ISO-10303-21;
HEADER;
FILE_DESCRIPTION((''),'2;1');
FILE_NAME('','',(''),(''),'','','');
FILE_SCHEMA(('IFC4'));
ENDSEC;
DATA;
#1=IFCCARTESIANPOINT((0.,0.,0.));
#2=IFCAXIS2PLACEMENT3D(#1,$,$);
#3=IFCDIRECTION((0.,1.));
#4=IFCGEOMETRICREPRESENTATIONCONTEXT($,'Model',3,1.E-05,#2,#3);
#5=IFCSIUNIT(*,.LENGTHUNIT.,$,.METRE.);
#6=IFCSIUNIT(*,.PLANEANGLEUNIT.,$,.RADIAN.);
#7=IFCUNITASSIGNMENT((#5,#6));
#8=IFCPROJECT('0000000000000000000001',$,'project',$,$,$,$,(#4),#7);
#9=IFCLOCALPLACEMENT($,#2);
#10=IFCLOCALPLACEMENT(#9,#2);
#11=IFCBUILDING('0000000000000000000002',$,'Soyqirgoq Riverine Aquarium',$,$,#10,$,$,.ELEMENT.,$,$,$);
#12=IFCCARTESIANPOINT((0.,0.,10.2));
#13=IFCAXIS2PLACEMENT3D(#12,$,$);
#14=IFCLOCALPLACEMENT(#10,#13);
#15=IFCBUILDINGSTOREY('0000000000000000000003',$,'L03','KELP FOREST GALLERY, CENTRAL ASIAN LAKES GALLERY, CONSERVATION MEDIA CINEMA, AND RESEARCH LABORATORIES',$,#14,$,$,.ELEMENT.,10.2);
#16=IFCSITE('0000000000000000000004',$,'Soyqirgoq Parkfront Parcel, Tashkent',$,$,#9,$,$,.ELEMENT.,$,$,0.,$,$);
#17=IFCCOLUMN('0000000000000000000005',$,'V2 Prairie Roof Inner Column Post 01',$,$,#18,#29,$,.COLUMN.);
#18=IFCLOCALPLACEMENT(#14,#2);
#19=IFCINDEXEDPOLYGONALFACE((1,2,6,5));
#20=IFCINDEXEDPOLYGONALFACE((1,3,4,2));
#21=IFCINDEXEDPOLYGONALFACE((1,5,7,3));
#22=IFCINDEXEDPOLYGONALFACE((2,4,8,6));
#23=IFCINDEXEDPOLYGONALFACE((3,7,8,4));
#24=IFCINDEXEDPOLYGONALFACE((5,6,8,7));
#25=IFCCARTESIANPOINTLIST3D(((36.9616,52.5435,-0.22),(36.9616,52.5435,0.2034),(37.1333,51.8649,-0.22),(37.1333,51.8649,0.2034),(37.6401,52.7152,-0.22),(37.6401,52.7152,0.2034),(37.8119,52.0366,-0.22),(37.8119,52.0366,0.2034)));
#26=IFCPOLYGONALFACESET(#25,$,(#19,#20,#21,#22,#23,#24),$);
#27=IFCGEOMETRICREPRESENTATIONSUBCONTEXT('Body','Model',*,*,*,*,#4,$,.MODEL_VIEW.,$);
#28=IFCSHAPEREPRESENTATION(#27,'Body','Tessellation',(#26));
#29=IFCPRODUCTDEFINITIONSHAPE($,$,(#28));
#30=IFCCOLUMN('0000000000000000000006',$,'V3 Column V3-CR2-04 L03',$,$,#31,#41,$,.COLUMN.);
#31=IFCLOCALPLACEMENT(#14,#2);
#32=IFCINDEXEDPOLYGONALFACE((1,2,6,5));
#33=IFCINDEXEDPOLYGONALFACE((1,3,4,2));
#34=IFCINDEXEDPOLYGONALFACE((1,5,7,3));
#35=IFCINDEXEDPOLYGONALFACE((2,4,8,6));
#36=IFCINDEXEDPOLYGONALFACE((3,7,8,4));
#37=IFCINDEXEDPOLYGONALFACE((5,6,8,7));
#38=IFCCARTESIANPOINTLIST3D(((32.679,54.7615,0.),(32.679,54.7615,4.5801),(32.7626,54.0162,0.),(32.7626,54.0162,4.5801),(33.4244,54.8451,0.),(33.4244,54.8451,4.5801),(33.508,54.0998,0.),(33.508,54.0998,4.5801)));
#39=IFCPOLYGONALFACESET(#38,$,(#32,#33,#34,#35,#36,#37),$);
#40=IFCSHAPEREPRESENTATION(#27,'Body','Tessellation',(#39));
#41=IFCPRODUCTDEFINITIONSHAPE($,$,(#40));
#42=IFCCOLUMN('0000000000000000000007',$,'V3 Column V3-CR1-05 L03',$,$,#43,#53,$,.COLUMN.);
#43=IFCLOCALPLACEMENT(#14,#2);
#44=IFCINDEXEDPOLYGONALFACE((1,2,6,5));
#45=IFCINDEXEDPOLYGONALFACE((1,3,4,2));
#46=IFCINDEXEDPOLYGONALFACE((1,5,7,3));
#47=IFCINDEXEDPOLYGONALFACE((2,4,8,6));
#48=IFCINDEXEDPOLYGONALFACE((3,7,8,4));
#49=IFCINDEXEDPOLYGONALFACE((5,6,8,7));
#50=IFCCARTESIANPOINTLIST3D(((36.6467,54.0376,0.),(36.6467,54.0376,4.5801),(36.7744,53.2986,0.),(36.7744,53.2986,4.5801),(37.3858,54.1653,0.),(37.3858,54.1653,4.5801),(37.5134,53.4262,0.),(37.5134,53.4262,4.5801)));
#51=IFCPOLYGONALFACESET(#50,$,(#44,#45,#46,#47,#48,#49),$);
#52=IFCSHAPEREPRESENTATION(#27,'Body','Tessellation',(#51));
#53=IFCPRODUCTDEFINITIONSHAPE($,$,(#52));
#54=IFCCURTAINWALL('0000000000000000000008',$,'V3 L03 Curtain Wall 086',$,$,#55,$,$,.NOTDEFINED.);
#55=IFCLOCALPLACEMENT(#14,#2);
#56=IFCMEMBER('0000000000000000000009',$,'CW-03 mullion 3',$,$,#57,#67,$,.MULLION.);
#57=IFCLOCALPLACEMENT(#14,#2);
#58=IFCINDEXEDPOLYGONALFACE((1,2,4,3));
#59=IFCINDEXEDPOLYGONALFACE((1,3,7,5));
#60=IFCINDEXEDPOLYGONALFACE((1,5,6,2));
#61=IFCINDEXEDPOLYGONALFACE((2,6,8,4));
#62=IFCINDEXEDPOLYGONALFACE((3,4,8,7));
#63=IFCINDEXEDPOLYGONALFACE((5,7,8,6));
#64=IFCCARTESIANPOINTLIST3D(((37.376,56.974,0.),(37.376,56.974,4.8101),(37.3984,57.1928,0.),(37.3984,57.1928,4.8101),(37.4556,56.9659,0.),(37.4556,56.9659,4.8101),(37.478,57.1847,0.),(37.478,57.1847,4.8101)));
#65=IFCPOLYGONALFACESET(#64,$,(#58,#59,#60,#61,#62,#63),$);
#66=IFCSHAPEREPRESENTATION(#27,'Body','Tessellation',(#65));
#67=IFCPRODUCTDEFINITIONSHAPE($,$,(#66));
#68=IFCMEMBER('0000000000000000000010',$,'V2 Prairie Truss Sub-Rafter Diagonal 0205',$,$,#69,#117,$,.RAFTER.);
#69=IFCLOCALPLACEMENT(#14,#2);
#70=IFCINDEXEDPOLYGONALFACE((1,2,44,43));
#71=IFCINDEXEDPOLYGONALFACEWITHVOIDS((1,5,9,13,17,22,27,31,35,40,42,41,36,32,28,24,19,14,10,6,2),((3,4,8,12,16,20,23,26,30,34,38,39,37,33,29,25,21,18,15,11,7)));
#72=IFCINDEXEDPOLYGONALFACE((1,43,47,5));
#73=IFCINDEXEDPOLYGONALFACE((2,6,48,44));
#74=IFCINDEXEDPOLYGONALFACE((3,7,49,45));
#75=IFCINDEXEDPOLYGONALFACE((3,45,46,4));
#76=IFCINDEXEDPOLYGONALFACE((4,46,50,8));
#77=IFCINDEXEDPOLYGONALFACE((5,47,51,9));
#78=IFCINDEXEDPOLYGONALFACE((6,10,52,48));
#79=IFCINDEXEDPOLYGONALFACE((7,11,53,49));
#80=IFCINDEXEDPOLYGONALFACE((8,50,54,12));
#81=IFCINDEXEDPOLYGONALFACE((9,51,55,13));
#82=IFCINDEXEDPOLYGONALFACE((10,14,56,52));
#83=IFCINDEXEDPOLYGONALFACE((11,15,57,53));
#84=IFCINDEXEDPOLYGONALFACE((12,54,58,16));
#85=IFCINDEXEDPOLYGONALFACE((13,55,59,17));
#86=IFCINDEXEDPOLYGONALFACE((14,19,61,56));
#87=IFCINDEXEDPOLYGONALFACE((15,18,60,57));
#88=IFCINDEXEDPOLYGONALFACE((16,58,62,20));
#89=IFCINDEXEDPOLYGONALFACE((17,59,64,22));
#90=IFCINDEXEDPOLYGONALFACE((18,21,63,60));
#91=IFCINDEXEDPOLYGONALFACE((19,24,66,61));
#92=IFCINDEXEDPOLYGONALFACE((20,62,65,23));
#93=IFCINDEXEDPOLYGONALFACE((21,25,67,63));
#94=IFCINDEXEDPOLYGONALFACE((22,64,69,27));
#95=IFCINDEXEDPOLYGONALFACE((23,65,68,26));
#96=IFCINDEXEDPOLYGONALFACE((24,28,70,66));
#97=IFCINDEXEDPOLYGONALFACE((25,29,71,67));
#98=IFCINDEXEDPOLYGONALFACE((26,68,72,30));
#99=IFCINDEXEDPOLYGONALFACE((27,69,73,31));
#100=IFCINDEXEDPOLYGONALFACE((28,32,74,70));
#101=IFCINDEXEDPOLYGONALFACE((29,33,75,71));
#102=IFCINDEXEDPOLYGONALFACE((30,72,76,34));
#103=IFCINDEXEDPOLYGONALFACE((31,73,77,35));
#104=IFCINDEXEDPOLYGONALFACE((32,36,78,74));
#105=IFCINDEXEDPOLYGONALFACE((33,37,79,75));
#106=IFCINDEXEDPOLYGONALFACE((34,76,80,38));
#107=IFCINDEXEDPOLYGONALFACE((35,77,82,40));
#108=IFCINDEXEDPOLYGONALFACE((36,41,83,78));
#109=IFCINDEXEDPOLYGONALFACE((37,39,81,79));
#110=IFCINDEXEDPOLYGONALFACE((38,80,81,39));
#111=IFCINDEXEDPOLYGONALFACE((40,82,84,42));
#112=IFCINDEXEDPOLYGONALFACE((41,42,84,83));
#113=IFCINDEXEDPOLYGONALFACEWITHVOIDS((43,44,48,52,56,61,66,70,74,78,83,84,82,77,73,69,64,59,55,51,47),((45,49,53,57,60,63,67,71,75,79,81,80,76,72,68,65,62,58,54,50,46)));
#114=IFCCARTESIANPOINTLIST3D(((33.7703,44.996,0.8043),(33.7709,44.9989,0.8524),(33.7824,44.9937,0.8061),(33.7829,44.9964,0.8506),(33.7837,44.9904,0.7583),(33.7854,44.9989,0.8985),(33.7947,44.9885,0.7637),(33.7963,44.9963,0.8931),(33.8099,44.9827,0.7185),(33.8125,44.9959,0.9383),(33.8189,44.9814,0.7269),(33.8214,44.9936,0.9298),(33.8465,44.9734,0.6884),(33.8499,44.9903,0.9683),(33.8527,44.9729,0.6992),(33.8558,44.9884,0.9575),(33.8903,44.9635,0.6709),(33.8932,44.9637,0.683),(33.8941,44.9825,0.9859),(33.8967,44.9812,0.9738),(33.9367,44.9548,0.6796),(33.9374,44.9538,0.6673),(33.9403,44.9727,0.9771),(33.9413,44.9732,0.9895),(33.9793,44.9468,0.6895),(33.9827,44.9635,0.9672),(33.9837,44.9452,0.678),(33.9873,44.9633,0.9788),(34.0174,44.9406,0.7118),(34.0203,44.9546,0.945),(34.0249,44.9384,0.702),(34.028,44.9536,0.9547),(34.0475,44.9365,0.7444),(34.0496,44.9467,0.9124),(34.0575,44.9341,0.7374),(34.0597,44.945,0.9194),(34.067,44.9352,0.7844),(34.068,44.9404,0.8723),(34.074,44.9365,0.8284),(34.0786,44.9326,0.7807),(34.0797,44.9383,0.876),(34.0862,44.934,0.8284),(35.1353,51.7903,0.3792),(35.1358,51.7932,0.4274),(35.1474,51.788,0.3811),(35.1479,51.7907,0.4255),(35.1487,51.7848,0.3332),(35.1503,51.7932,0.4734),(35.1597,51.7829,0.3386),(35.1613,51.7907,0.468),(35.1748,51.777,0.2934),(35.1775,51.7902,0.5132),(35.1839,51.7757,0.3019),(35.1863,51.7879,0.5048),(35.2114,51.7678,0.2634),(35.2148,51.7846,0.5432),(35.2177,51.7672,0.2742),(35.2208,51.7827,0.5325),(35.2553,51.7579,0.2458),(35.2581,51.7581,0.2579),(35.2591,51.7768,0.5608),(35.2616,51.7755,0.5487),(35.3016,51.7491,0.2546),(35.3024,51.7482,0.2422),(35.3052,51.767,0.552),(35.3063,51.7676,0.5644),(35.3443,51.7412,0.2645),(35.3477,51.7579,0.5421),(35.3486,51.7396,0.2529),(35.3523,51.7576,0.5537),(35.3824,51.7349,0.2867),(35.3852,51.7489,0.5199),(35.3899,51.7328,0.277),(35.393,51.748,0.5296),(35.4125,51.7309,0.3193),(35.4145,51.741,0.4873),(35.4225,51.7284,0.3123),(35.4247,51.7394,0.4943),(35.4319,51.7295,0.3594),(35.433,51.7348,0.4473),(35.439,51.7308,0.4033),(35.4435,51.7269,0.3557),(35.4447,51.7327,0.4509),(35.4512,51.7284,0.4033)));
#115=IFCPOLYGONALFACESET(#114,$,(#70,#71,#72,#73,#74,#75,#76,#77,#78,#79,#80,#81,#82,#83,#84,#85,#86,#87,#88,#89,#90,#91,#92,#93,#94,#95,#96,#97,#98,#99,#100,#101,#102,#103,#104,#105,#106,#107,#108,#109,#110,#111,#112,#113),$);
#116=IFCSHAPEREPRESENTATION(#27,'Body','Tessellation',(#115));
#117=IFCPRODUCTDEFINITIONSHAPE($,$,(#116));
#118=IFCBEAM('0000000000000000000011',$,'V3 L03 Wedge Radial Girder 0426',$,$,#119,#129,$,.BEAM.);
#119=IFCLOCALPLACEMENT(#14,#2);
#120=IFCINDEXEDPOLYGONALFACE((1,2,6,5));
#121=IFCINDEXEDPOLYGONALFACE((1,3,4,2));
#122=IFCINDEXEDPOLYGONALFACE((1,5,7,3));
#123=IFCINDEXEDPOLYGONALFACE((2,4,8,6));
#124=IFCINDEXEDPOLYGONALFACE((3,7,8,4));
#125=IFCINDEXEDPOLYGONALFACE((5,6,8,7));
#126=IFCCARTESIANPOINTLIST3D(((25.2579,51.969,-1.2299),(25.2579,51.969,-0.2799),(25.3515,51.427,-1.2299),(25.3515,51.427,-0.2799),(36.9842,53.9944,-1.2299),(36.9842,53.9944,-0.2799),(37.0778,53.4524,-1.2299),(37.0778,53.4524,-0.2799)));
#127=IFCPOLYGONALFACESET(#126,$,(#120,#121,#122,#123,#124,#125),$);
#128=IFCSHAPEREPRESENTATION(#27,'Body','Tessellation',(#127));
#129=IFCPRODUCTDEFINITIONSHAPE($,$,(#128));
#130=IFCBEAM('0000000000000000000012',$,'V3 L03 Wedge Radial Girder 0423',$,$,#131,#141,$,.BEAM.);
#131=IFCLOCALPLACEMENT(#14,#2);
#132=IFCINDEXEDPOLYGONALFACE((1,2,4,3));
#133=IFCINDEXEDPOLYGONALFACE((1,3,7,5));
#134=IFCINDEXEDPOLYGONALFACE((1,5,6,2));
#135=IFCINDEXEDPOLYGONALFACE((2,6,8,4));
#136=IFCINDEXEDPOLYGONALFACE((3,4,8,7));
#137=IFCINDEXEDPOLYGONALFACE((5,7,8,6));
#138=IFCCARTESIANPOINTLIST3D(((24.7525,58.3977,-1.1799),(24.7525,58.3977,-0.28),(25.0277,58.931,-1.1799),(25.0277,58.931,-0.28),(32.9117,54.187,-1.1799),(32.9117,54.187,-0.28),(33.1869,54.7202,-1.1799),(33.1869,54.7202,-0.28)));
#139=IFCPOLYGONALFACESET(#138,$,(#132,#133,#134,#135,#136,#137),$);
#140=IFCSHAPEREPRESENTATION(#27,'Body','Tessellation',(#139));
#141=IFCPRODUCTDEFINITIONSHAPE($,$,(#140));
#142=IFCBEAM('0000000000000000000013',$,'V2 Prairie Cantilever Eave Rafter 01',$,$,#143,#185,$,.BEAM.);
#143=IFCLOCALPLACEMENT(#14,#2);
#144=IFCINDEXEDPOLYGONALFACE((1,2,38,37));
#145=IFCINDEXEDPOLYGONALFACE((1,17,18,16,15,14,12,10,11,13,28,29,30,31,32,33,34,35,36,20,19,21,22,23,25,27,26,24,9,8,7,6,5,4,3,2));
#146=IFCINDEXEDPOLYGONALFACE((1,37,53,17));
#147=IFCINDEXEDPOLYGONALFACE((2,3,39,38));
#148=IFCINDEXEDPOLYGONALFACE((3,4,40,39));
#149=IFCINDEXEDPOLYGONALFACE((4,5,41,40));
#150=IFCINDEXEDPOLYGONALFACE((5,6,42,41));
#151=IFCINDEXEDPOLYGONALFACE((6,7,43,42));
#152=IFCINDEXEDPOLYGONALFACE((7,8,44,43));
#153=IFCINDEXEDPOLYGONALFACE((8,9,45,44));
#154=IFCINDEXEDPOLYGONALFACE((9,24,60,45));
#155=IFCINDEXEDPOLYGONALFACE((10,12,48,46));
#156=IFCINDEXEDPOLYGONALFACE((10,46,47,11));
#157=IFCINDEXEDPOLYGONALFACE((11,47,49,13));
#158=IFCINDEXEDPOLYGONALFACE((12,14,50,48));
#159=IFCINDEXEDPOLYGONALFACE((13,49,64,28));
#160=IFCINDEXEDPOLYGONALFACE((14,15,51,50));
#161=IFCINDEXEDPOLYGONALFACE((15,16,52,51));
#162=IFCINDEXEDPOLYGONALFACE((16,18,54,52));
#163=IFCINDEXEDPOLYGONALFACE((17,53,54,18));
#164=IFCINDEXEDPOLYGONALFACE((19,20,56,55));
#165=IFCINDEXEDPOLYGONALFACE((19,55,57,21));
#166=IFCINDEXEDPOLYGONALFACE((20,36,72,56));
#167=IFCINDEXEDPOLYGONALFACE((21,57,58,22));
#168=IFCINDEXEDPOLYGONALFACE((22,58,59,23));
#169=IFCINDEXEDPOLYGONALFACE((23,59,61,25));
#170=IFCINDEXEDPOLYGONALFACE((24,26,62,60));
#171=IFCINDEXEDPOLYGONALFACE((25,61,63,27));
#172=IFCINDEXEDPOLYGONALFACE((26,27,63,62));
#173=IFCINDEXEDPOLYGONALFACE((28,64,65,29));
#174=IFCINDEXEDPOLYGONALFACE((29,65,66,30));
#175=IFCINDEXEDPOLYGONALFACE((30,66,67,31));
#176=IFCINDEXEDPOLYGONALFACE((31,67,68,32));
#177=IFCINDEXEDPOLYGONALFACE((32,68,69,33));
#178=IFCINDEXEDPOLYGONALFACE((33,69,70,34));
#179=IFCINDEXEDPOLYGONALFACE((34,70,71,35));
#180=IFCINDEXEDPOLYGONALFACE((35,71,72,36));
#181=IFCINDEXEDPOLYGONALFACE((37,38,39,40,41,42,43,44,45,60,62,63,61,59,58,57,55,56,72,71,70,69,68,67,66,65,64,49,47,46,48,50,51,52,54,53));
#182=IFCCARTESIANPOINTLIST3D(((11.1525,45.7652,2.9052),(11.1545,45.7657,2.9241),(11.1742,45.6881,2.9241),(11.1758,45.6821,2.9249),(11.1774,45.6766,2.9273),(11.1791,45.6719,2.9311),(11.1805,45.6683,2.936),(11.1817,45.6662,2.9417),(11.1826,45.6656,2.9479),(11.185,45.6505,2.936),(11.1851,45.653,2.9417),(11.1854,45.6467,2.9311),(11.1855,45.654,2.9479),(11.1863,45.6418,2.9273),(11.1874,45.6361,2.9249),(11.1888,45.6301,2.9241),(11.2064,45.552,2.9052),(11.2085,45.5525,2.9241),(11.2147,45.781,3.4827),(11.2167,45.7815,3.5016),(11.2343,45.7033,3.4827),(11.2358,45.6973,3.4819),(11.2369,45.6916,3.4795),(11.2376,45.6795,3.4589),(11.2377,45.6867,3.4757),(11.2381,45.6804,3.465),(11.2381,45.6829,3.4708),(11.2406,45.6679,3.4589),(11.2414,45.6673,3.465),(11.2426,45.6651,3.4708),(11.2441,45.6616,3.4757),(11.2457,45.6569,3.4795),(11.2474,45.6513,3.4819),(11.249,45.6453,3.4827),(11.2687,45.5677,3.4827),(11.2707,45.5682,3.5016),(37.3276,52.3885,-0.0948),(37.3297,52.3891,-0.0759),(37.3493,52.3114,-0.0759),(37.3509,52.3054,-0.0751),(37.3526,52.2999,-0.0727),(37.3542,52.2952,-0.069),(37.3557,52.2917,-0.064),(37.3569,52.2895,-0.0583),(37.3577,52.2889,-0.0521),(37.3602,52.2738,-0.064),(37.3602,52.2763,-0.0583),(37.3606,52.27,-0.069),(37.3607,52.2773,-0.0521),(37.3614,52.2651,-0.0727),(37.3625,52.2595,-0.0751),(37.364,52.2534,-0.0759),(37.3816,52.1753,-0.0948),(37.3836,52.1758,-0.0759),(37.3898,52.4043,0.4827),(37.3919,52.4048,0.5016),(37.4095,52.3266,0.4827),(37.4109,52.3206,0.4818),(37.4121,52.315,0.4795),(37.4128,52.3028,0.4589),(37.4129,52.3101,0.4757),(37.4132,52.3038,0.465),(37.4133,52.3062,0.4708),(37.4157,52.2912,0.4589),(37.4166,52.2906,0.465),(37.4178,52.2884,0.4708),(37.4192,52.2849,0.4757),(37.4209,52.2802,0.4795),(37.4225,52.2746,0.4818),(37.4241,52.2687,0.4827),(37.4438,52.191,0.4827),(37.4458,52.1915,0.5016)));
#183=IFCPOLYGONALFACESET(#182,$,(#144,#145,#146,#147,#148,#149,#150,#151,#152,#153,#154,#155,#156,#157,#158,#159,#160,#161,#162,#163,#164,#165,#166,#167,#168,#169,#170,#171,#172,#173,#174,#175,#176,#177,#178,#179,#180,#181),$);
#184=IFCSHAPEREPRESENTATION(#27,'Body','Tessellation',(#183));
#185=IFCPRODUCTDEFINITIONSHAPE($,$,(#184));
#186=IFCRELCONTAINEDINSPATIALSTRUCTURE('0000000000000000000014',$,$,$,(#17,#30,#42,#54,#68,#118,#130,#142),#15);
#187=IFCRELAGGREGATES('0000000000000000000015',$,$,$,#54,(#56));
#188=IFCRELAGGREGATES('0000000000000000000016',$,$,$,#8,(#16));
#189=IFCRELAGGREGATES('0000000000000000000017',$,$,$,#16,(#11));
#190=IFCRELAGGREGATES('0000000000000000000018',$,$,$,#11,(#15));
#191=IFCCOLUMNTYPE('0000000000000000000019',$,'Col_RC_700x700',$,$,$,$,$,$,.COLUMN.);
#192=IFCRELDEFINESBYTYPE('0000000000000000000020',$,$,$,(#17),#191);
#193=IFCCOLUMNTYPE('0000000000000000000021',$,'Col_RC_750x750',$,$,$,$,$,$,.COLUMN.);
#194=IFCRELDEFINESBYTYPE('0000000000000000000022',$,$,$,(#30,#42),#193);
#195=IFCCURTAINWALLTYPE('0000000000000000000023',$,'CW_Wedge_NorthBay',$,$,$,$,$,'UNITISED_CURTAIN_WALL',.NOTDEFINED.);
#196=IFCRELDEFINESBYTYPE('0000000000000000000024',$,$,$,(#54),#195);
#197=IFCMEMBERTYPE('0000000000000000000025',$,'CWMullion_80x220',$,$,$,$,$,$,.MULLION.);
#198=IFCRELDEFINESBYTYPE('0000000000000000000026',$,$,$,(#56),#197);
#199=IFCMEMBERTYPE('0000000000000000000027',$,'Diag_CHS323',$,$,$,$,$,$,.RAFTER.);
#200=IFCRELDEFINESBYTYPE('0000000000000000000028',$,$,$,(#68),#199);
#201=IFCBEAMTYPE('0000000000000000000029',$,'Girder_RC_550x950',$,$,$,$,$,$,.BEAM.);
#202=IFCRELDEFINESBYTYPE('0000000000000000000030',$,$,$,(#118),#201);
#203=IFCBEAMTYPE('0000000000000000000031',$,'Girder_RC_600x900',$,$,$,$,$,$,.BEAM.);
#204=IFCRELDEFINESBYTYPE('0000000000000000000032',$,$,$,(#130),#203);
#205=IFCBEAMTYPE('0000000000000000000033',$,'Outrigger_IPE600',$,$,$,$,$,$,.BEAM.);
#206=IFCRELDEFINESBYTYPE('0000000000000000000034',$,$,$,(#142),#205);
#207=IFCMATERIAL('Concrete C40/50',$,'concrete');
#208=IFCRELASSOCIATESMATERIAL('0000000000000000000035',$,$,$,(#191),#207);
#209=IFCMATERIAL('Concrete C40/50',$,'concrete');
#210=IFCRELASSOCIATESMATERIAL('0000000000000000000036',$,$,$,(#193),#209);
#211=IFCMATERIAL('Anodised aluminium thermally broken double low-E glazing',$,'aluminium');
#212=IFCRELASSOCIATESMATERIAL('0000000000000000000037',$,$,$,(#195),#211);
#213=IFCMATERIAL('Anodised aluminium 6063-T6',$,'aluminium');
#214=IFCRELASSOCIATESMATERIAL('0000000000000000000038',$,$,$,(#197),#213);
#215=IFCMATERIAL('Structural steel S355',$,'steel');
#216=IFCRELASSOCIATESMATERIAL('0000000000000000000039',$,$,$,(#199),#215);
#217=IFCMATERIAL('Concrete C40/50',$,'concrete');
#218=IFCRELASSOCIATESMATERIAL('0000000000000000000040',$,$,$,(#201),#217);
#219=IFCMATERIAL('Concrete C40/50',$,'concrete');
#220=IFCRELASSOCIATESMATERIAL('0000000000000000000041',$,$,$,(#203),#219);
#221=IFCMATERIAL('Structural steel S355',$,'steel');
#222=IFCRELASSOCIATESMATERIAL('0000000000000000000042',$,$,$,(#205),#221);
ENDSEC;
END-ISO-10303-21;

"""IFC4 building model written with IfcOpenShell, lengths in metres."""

from ifc_helpers import new_model, si_unit, direction, frame, origin, origin_2d, place, context, subcontext, project, spatial, rectangle, hollow_circle, i_section, extrude, material, material_profile, profile_set, type_object, element, aggregate, save


model = new_model("IFC4")

# Units and contexts
model_context = context("Model", 3, precision=1e-05, world=origin(), true_north=direction((0.0, 1.0)))
body_context = subcontext(model_context, "Body", "Model", "MODEL_VIEW")
ifc_project = project(units=[si_unit("LENGTHUNIT", "METRE"), si_unit("PLANEANGLEUNIT", "RADIAN")], contexts=[model_context])

# Site, building, storey
site_placement = place(None, origin())
site = spatial("IfcSite", under=ifc_project, at=site_placement, Name="Soyqirgoq Parkfront Parcel, Tashkent", CompositionType="ELEMENT", RefElevation=0.0)
building_placement = place(site_placement, origin())
building = spatial("IfcBuilding", under=site, at=building_placement, Name="Soyqirgoq Riverine Aquarium", CompositionType="ELEMENT")
storey_placement = place(building_placement, frame((0.0, 0.0, 10.2)))
storey = spatial("IfcBuildingStorey", under=building, at=storey_placement, Name="L03", Description="KELP FOREST GALLERY, CENTRAL ASIAN LAKES GALLERY, CONSERVATION MEDIA CINEMA, AND RESEARCH LABORATORIES", CompositionType="ELEMENT", Elevation=10.2)

# Columns
ifc_material_1 = material(Name="Concrete C40/50", Category="concrete")
ifc_material_profile_1 = material_profile(ifc_material_1, rectangle(XDim=0.7, YDim=0.7, at=origin_2d()), Name="RC 700x700")
ifc_profile_set_1 = profile_set([ifc_material_profile_1], Name="Concrete C40/50")
column_type_1 = type_object("IfcColumnType", Name="Col_RC_700x700", PredefinedType="COLUMN", material=ifc_profile_set_1)
column_placement = place(storey_placement, frame((37.3867, 52.29, -0.22), z_axis=(0.0, 0.0, 1.0), x_axis=(-0.969445, -0.245307, 0.0)))
element("IfcColumn", 1, at=column_placement, inside=storey, type_object=column_type_1, Name="V2 Prairie Roof Inner Column Post 01", PredefinedType="COLUMN", context=body_context, shape_type="SweptSolid", body=[
    extrude(rectangle(XDim=0.7, YDim=0.7, at=origin_2d()), origin(), (0.0, 0.0, 1.0), 0.4233),
])
ifc_material_2 = material(Name="Concrete C40/50", Category="concrete")
ifc_material_profile_2 = material_profile(ifc_material_2, rectangle(XDim=0.75, YDim=0.75, at=origin_2d()), Name="RC 750x750")
ifc_profile_set_2 = profile_set([ifc_material_profile_2], Name="Concrete C40/50")
column_type_2 = type_object("IfcColumnType", Name="Col_RC_750x750", PredefinedType="COLUMN", material=ifc_profile_set_2)
for number, where, z_axis, x_axis, name in (
    (2, (33.0935, 54.4307, 0.0), (0.0, 0.0, 1.0), (-0.993768, -0.111469, 0.0), "V3 Column V3-CR2-04 L03"),
    (3, (37.0801, 53.7319, 0.0), (0.0, 0.0, 1.0), (-0.985408, -0.170209, 0.0), "V3 Column V3-CR1-05 L03"),
):
    element("IfcColumn", number, at=place(storey_placement, frame(where, z_axis=z_axis, x_axis=x_axis)), inside=storey, type_object=column_type_2, Name=name, PredefinedType="COLUMN", context=body_context, shape_type="SweptSolid", body=[
        extrude(rectangle(XDim=0.75, YDim=0.75, at=origin_2d()), origin(), (0.0, 0.0, 1.0), 4.5801),
    ])

# Curtain wall, member
ifc_material_3 = material(Name="Anodised aluminium thermally broken double low-E glazing", Category="aluminium")
curtain_wall_type = type_object("IfcCurtainWallType", Name="CW_Wedge_NorthBay", ElementType="UNITISED_CURTAIN_WALL", PredefinedType="NOTDEFINED", material=ifc_material_3)
curtain_wall_placement = place(storey_placement, origin())
curtain_wall = element("IfcCurtainWall", 4, at=curtain_wall_placement, inside=storey, type_object=curtain_wall_type, Name="V3 L03 Curtain Wall 086", PredefinedType="NOTDEFINED")
ifc_material_4 = material(Name="Anodised aluminium 6063-T6", Category="aluminium")
ifc_material_profile_3 = material_profile(ifc_material_4, rectangle(XDim=0.0801, YDim=0.22, at=origin_2d()), Name="ALU-M 80x220")
ifc_profile_set_3 = profile_set([ifc_material_profile_3], Name="Anodised aluminium 6063-T6")
member_type_1 = type_object("IfcMemberType", Name="CWMullion_80x220", PredefinedType="MULLION", material=ifc_profile_set_3)
member_1_placement = place(storey_placement, frame((37.427, 57.0793, 0.0), z_axis=(0.0, 0.0, 1.0), x_axis=(0.994817, -0.101686, 0.0)))
member_1 = element("IfcMember", 5, at=member_1_placement, type_object=member_type_1, Name="CW-03 mullion 3", PredefinedType="MULLION", context=body_context, shape_type="SweptSolid", body=[
    extrude(rectangle(XDim=0.0801, YDim=0.22, at=origin_2d()), origin(), (0.0, 0.0, 1.0), 4.8101),
])
aggregate(curtain_wall, [member_1])

# Member
ifc_material_5 = material(Name="Structural steel S355", Category="steel")
ifc_material_profile_4 = material_profile(ifc_material_5, hollow_circle(Radius=0.1619, WallThickness=0.0125, at=origin_2d()), Name="CHS 323.9x12.5")
ifc_profile_set_4 = profile_set([ifc_material_profile_4], Name="Structural steel S355")
member_type_2 = type_object("IfcMemberType", Name="Diag_CHS323", PredefinedType="RAFTER", material=ifc_profile_set_4)
member_2_placement = place(storey_placement, frame((35.2925, 51.7603, 0.4033), z_axis=(-0.196593, -0.978572, 0.061218), x_axis=(0.980411, -0.196963, 0.0)))
element("IfcMember", 6, at=member_2_placement, inside=storey, type_object=member_type_2, Name="V2 Prairie Truss Sub-Rafter Diagonal 0205", PredefinedType="RAFTER", context=body_context, shape_type="SweptSolid", body=[
    extrude(hollow_circle(Radius=0.1619, WallThickness=0.0125, at=origin_2d()), origin(), (0.0, 0.0, 1.0), 6.9431),
])

# Beams
ifc_material_6 = material(Name="Concrete C40/50", Category="concrete")
ifc_material_profile_5 = material_profile(ifc_material_6, rectangle(XDim=0.55, YDim=0.95, at=origin_2d()), Name="RC 550x950")
ifc_profile_set_5 = profile_set([ifc_material_profile_5], Name="Concrete C40/50")
beam_type_1 = type_object("IfcBeamType", Name="Girder_RC_550x950", PredefinedType="BEAM", material=ifc_profile_set_5)
beam_1_placement = place(storey_placement, frame((37.031, 53.7234, -0.7549), z_axis=(-0.985409, -0.170202, 0.0), x_axis=(0.170202, -0.985409, 0.0)))
element("IfcBeam", 7, at=beam_1_placement, inside=storey, type_object=beam_type_1, Name="V3 L03 Wedge Radial Girder 0426", PredefinedType="BEAM", context=body_context, shape_type="SweptSolid", body=[
    extrude(rectangle(XDim=0.55, YDim=0.95, at=origin_2d()), origin(), (0.0, 0.0, 1.0), 11.8999),
])
ifc_material_7 = material(Name="Concrete C40/50", Category="concrete")
ifc_material_profile_6 = material_profile(ifc_material_7, rectangle(XDim=0.6001, YDim=0.8999, at=origin_2d()), Name="RC 600x900")
ifc_profile_set_6 = profile_set([ifc_material_profile_6], Name="Concrete C40/50")
beam_type_2 = type_object("IfcBeamType", Name="Girder_RC_600x900", PredefinedType="BEAM", material=ifc_profile_set_6)
beam_2_placement = place(storey_placement, frame((33.0493, 54.4536, -0.73), z_axis=(-0.888643, 0.4586, 0.0), x_axis=(-0.4586, -0.888643, 0.0)))
element("IfcBeam", 8, at=beam_2_placement, inside=storey, type_object=beam_type_2, Name="V3 L03 Wedge Radial Girder 0423", PredefinedType="BEAM", context=body_context, shape_type="SweptSolid", body=[
    extrude(rectangle(XDim=0.6001, YDim=0.8999, at=origin_2d()), origin(), (0.0, 0.0, 1.0), 9.1816),
])
ifc_material_8 = material(Name="Structural steel S355", Category="steel")
ifc_material_profile_7 = material_profile(ifc_material_8, i_section(OverallWidth=0.22, OverallDepth=0.6001, WebThickness=0.012, FlangeThickness=0.019, FilletRadius=0.0239, at=origin_2d()), Name="IPE 600")
ifc_profile_set_7 = profile_set([ifc_material_profile_7], Name="Structural steel S355")
beam_type_3 = type_object("IfcBeamType", Name="Outrigger_IPE600", PredefinedType="BEAM", material=ifc_profile_set_7)
beam_3_placement = place(storey_placement, frame((37.3867, 52.29, 0.2034), z_axis=(-0.963516, -0.243807, 0.110431), x_axis=(0.245307, -0.969445, 0.0)))
element("IfcBeam", 9, at=beam_3_placement, inside=storey, type_object=beam_type_3, Name="V2 Prairie Cantilever Eave Rafter 01", PredefinedType="BEAM", context=body_context, shape_type="SweptSolid", body=[
    extrude(i_section(OverallWidth=0.22, OverallDepth=0.6001, WebThickness=0.012, FlangeThickness=0.019, FilletRadius=0.0239, at=origin_2d()), origin(), (0.0, 0.0, 1.0), 27.1663),
])

save(model, "model.ifc")
